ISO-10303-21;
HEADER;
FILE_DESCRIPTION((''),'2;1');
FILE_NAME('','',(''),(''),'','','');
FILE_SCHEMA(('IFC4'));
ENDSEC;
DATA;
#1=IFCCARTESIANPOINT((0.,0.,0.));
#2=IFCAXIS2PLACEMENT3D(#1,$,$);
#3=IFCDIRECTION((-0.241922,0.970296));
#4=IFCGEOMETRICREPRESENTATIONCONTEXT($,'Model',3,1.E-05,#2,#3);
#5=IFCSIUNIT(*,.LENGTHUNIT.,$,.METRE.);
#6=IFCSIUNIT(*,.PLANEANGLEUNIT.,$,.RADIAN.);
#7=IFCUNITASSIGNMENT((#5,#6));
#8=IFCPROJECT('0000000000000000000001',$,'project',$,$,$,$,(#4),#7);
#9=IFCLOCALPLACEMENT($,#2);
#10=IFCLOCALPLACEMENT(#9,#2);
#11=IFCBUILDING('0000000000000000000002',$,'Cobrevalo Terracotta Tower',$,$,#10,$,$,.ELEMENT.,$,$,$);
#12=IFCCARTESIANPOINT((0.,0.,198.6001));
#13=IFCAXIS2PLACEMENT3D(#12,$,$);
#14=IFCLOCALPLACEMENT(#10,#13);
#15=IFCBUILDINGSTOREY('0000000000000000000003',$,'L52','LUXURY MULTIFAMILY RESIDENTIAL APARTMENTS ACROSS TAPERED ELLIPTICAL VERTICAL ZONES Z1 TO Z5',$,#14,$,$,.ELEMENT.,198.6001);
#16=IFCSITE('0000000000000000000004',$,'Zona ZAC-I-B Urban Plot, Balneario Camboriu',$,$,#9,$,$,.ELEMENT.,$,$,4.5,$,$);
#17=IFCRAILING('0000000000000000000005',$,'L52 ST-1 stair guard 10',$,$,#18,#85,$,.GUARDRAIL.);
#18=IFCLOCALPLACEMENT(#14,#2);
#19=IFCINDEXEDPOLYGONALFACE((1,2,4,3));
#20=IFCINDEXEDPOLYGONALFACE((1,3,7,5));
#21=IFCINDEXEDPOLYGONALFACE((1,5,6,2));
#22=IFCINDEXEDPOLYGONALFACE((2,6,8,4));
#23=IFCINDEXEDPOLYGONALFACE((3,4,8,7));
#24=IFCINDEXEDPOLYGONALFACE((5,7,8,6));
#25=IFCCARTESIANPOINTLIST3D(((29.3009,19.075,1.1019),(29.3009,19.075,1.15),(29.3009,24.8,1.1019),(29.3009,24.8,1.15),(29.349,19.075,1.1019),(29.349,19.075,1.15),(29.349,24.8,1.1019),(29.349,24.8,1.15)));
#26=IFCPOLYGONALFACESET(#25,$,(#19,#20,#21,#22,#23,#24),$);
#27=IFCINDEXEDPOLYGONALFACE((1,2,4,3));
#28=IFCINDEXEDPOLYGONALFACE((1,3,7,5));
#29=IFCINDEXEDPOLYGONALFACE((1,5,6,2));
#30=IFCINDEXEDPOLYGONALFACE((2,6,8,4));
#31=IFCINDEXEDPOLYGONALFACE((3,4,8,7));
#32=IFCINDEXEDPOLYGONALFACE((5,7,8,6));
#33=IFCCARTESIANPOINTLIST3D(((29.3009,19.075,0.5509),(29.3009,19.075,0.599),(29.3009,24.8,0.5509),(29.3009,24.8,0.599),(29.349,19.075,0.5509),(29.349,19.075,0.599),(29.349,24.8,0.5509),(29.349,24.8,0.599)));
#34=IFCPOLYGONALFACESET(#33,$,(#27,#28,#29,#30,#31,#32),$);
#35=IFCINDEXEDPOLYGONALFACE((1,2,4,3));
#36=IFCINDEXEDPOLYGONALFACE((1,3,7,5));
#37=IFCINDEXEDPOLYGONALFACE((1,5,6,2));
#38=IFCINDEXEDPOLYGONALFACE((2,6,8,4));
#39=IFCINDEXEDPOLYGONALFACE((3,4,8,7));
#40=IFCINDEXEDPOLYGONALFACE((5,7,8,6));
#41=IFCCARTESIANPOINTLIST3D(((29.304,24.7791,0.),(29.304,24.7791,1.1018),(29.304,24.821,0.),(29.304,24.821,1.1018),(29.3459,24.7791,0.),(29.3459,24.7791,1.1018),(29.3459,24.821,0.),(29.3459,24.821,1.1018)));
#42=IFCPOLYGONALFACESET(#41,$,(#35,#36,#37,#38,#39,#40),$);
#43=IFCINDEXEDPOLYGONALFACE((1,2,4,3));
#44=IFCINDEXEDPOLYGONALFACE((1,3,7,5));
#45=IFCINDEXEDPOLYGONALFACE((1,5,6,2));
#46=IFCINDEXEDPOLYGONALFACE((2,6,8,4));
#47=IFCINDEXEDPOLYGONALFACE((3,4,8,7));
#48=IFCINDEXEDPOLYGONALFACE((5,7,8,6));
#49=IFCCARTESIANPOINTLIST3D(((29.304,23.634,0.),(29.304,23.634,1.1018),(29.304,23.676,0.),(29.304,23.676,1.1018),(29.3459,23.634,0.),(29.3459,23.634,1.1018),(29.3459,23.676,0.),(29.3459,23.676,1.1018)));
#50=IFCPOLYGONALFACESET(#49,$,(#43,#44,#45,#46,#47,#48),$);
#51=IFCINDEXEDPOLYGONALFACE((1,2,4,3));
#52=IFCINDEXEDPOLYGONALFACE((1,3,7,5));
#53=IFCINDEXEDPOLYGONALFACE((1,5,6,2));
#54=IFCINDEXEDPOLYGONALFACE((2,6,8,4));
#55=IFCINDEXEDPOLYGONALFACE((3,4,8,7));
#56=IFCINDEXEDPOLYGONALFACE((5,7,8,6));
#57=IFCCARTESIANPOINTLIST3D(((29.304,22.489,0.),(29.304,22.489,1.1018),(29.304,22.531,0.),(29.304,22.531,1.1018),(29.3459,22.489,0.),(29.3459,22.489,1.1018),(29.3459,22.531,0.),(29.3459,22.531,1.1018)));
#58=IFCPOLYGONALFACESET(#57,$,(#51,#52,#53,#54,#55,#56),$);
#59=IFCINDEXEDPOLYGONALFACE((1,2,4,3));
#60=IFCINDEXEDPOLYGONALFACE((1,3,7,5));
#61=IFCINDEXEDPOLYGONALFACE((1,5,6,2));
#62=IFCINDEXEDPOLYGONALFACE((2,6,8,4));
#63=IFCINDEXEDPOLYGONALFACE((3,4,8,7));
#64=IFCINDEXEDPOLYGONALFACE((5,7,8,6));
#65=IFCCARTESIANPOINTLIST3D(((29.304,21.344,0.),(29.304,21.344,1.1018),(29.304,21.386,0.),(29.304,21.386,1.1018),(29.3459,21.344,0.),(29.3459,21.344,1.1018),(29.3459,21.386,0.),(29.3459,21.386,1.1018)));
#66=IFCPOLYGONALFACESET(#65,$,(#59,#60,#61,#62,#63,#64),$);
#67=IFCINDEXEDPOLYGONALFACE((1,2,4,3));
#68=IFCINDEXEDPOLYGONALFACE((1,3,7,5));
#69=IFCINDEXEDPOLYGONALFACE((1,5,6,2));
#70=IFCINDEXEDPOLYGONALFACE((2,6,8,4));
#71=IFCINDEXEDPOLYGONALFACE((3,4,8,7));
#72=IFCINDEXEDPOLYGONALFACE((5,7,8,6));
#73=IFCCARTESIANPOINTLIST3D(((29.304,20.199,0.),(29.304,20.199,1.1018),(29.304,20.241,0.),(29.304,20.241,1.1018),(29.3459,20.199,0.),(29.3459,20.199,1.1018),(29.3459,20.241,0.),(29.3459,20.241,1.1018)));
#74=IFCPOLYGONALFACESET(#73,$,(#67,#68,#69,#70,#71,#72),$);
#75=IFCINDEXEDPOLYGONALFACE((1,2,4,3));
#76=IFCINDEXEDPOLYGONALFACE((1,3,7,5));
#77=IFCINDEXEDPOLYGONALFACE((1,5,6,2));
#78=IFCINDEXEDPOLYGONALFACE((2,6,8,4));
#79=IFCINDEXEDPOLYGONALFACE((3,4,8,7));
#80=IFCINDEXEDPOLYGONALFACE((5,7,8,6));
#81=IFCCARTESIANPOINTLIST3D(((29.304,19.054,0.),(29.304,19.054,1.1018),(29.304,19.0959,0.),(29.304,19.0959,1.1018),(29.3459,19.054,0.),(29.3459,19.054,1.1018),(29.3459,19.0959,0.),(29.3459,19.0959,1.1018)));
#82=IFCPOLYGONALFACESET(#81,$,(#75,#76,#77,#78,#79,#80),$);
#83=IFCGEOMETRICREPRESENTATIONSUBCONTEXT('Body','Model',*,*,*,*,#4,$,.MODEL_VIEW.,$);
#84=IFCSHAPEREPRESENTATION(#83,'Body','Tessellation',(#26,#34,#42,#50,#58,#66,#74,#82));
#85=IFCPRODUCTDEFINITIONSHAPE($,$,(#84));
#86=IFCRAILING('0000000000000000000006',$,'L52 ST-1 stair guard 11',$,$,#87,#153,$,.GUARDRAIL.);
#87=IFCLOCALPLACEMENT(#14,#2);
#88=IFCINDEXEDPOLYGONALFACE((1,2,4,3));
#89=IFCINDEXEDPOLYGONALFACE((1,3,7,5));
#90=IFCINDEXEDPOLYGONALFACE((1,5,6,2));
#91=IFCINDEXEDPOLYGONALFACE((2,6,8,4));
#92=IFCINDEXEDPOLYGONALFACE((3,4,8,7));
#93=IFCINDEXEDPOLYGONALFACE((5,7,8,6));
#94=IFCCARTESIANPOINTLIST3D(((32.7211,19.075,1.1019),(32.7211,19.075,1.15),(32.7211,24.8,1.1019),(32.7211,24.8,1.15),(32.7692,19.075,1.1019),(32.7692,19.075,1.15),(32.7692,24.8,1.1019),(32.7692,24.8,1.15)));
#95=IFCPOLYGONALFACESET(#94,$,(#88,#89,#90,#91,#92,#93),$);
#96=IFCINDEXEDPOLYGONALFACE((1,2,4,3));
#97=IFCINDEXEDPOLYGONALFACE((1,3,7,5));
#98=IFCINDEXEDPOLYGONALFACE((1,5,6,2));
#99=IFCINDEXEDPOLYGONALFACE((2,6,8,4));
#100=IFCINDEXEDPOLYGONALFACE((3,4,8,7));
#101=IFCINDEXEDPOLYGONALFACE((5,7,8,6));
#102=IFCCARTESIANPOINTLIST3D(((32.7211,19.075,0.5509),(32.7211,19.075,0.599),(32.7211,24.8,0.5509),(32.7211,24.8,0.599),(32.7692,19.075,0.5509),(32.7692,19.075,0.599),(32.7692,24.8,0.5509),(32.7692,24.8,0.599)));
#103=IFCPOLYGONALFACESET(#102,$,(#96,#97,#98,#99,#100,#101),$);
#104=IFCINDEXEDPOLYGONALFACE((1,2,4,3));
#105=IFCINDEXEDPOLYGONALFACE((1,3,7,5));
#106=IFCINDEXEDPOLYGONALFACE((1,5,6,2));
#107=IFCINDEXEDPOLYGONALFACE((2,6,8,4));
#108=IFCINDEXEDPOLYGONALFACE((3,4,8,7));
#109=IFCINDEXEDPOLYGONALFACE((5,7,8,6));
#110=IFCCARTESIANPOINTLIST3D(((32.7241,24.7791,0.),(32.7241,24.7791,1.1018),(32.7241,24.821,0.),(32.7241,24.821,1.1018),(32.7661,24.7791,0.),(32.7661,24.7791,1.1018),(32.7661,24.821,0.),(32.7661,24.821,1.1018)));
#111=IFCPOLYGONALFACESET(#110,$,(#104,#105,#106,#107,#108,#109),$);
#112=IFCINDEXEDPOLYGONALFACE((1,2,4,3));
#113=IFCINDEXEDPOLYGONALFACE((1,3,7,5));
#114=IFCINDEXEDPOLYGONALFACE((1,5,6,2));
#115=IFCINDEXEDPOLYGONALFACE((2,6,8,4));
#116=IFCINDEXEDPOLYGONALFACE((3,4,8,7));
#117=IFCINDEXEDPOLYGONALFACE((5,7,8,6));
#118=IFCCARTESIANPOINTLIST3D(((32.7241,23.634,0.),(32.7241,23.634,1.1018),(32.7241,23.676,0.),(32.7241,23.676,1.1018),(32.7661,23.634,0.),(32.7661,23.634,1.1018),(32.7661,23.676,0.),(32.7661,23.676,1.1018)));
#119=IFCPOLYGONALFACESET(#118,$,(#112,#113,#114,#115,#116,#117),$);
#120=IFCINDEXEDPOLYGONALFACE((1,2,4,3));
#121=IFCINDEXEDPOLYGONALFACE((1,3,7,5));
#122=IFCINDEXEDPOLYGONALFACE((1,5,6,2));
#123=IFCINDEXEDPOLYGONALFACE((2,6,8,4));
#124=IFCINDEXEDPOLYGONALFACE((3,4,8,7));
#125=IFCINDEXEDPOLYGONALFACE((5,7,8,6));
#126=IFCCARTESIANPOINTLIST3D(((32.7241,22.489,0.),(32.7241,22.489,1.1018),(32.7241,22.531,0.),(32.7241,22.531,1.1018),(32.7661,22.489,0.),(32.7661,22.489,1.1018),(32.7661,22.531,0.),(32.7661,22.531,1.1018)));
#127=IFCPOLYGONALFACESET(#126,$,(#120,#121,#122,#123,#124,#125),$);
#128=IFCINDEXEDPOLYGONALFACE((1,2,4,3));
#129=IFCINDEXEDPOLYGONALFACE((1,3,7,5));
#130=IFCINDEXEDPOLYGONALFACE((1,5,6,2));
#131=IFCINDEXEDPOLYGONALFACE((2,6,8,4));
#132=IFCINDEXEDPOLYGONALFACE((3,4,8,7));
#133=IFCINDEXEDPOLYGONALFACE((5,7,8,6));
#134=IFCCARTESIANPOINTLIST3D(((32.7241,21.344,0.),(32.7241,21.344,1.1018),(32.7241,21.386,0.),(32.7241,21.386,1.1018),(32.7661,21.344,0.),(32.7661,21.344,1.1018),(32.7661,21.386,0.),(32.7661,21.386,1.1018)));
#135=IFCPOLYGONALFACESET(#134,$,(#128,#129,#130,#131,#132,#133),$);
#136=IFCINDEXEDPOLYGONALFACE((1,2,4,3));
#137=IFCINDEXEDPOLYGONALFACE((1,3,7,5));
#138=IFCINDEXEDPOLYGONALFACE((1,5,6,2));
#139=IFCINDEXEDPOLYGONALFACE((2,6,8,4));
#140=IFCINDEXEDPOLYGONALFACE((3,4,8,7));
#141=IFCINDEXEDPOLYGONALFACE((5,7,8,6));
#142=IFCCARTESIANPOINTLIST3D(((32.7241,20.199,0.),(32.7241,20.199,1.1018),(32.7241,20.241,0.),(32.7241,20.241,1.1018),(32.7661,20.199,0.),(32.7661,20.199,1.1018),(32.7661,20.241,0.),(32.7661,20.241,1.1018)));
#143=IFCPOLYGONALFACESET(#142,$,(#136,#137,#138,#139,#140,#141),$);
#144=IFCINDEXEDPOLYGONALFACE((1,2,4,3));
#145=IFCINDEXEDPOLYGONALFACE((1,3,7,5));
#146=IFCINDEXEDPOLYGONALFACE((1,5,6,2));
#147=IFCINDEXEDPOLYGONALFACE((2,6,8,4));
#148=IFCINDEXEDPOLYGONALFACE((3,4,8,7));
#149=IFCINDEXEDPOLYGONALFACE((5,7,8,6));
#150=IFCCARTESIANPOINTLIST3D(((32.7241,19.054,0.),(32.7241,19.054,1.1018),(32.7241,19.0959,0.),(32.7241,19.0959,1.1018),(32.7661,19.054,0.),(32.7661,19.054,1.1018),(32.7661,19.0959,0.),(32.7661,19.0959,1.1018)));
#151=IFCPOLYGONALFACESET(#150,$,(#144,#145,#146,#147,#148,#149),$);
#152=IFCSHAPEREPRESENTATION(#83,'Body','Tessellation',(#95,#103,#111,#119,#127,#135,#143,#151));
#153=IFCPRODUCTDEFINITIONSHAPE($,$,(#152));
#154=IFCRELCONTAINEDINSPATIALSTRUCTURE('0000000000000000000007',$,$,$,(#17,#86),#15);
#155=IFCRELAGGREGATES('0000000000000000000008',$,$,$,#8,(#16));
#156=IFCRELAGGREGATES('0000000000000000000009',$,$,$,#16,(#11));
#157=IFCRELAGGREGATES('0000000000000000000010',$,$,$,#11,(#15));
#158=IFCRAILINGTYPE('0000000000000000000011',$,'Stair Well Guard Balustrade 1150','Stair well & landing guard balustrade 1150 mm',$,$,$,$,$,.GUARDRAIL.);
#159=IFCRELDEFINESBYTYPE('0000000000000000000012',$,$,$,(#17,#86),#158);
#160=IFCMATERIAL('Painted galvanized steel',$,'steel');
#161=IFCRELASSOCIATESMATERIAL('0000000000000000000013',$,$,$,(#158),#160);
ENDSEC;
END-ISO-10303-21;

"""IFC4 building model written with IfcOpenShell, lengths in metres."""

from ifc_helpers import new_model, si_unit, direction, frame, origin, origin_2d, place, context, subcontext, project, spatial, rectangle, extrude, material, type_object, element, save


model = new_model("IFC4")

# Units and contexts
model_context = context("Model", 3, precision=1e-05, world=origin(), true_north=direction((-0.241922, 0.970296)))
body_context = subcontext(model_context, "Body", "Model", "MODEL_VIEW")
ifc_project = project(units=[si_unit("LENGTHUNIT", "METRE"), si_unit("PLANEANGLEUNIT", "RADIAN")], contexts=[model_context])

# Site, building, storey
site_placement = place(None, origin())
site = spatial("IfcSite", under=ifc_project, at=site_placement, Name="Zona ZAC-I-B Urban Plot, Balneario Camboriu", CompositionType="ELEMENT", RefElevation=4.5)
building_placement = place(site_placement, origin())
building = spatial("IfcBuilding", under=site, at=building_placement, Name="Cobrevalo Terracotta Tower", CompositionType="ELEMENT")
storey_placement = place(building_placement, frame((0.0, 0.0, 198.6001)))
storey = spatial("IfcBuildingStorey", under=building, at=storey_placement, Name="L52", Description="LUXURY MULTIFAMILY RESIDENTIAL APARTMENTS ACROSS TAPERED ELLIPTICAL VERTICAL ZONES Z1 TO Z5", CompositionType="ELEMENT", Elevation=198.6001)

# Railings
ifc_material_1 = material(Name="Painted galvanized steel", Category="steel")
railing_type_1 = type_object("IfcRailingType", Name="Stair Well Guard Balustrade 1150", Description="Stair well & landing guard balustrade 1150 mm", PredefinedType="GUARDRAIL", material=ifc_material_1)
for number, where, name in (
    (1, (29.325, 24.8, 0.0), "L52 ST-1 stair guard 10"),
    (2, (32.7451, 24.8, 0.0), "L52 ST-1 stair guard 11"),
):
    element("IfcRailing", number, at=place(storey_placement, frame(where)), inside=storey, type_object=railing_type_1, Name=name, PredefinedType="GUARDRAIL", context=body_context, shape_type="SweptSolid", body=[
        extrude(rectangle(XDim=0.0481, YDim=0.0481, at=origin_2d()), frame((0.0, 0.0, 1.126), z_axis=(0.0, -1.0, 0.0), x_axis=(1.0, 0.0, 0.0)), (0.0, 0.0, 1.0), 5.7251),
        extrude(rectangle(XDim=0.0481, YDim=0.0481, at=origin_2d()), frame((0.0, 0.0, 0.575), z_axis=(0.0, -1.0, 0.0), x_axis=(1.0, 0.0, 0.0)), (0.0, 0.0, 1.0), 5.7251),
        extrude(rectangle(XDim=0.042, YDim=0.042, at=origin_2d()), origin(), (0.0, 0.0, 1.0), 1.1018),
        extrude(rectangle(XDim=0.042, YDim=0.042, at=origin_2d()), frame((0.0, -1.145, 0.0)), (0.0, 0.0, 1.0), 1.1018),
        extrude(rectangle(XDim=0.042, YDim=0.042, at=origin_2d()), frame((0.0, -2.29, 0.0)), (0.0, 0.0, 1.0), 1.1018),
        extrude(rectangle(XDim=0.042, YDim=0.042, at=origin_2d()), frame((0.0, -3.4351, 0.0)), (0.0, 0.0, 1.0), 1.1018),
        extrude(rectangle(XDim=0.042, YDim=0.042, at=origin_2d()), frame((0.0, -4.5801, 0.0)), (0.0, 0.0, 1.0), 1.1018),
        extrude(rectangle(XDim=0.042, YDim=0.042, at=origin_2d()), frame((0.0, -5.7251, 0.0)), (0.0, 0.0, 1.0), 1.1018),
    ])

save(model, "model.ifc")
